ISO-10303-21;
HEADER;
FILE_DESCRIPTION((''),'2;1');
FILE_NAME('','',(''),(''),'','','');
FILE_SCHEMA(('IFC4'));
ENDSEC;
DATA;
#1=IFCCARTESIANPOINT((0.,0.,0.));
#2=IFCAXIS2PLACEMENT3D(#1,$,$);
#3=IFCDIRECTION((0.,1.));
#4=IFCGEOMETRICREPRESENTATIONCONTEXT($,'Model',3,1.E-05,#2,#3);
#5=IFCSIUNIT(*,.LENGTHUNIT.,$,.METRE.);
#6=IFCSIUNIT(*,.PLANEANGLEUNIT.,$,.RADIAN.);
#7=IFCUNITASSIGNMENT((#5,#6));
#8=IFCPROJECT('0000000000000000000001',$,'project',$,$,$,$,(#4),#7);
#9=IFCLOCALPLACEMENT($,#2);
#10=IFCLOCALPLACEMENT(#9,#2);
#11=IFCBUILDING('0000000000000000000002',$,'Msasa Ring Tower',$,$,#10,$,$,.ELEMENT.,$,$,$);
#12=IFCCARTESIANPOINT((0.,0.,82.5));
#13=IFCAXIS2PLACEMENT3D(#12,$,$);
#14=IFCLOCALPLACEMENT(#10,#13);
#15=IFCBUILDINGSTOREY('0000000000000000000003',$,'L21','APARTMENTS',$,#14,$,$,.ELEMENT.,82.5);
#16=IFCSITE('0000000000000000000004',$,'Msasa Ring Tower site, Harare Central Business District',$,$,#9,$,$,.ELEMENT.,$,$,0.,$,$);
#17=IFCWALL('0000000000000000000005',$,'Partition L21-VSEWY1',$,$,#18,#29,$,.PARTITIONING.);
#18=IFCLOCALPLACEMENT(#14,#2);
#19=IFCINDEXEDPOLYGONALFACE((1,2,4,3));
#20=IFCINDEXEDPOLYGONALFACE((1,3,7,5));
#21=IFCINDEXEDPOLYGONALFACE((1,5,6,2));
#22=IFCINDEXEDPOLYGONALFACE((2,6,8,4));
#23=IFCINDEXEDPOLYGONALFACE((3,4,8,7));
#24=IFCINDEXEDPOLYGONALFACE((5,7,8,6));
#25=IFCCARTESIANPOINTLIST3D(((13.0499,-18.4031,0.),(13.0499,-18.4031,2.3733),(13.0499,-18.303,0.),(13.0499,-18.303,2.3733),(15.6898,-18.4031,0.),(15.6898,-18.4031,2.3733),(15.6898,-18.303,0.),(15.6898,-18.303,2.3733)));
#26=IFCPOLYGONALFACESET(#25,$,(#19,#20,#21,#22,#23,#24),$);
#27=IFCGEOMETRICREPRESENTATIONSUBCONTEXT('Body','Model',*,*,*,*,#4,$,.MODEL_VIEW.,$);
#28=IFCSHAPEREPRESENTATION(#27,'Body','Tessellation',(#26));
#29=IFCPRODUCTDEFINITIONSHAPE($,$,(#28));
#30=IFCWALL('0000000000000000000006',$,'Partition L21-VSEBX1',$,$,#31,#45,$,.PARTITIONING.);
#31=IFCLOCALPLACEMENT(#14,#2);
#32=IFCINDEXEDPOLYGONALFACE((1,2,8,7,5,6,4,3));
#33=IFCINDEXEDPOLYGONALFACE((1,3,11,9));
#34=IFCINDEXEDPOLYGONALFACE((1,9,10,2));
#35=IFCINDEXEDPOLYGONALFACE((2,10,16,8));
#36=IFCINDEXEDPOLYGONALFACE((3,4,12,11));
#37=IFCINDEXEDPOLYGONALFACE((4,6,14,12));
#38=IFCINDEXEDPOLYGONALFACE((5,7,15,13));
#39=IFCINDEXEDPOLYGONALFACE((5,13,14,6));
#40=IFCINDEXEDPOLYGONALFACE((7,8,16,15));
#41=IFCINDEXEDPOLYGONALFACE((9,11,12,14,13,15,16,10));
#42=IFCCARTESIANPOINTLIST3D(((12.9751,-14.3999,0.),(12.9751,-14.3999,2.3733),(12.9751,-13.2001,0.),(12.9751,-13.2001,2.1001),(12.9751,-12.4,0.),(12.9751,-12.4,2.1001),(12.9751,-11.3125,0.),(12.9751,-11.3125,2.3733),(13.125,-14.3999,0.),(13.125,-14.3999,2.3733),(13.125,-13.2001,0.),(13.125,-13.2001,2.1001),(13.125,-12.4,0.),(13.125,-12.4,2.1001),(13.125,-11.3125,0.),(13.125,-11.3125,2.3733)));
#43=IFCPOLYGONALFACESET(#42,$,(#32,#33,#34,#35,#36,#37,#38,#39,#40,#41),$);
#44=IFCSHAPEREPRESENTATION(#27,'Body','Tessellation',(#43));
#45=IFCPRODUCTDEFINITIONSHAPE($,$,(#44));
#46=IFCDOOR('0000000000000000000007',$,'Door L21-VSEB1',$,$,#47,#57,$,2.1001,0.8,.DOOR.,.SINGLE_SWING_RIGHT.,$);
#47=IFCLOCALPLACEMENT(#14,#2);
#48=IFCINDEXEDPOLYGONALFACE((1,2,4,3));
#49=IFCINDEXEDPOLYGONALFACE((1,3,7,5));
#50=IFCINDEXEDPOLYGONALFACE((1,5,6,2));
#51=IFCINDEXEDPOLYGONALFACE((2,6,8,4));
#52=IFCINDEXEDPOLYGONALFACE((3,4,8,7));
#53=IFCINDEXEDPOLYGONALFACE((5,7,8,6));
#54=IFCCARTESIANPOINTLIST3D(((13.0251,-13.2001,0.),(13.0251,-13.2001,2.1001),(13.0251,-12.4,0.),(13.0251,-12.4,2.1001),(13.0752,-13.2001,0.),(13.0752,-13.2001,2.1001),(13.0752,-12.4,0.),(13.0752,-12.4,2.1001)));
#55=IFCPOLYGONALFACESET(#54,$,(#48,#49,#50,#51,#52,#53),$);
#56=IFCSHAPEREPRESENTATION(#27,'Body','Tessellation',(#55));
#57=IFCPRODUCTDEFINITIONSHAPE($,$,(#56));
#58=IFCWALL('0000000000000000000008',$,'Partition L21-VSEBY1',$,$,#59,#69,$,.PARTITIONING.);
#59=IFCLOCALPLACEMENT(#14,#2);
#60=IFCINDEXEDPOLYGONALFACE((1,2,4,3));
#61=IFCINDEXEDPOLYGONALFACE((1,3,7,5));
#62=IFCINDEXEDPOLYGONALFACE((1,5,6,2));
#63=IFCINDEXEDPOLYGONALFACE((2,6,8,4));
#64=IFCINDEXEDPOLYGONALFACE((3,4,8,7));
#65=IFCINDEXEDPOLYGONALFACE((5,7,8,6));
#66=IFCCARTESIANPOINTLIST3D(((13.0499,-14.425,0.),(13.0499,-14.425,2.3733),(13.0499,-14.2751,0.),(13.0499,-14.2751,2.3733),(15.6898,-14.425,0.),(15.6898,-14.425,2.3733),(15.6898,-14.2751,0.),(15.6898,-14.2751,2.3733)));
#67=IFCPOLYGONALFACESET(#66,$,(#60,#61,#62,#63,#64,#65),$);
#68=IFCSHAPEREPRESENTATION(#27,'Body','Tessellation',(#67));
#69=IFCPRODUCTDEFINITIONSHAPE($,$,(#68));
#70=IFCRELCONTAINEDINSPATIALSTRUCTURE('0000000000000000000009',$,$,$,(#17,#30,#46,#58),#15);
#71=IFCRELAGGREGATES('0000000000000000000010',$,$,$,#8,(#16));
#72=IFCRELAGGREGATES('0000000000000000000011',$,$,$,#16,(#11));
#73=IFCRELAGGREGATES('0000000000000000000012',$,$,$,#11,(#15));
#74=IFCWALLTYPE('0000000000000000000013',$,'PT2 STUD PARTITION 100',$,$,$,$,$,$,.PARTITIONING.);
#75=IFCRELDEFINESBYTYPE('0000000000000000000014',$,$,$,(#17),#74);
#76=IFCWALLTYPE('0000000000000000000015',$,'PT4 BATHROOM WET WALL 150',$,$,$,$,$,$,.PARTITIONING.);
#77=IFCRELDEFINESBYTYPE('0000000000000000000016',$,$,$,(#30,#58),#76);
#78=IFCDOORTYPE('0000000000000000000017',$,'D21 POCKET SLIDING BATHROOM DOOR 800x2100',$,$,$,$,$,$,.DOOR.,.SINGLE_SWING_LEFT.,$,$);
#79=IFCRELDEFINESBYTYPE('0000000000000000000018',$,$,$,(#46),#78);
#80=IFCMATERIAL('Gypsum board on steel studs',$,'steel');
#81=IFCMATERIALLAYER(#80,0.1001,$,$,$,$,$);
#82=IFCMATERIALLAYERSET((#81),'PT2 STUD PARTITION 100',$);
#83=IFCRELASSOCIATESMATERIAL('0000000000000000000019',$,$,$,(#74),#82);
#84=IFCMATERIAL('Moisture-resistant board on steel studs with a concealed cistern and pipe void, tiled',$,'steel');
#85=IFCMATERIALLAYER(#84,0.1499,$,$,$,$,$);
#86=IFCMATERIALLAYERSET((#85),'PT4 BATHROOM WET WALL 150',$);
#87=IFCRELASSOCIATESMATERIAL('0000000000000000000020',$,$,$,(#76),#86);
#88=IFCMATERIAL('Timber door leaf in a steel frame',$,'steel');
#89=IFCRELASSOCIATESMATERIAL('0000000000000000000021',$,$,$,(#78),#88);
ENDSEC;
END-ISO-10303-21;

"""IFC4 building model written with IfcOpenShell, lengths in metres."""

from ifc_helpers import new_model, si_unit, direction, frame, frame_2d, origin, place, context, subcontext, project, spatial, rectangle, extrude, material, layer, layer_set, type_object, element, fill, save


model = new_model("IFC4")

# Units and contexts
model_context = context("Model", 3, precision=1e-05, world=origin(), true_north=direction((0.0, 1.0)))
body_context = subcontext(model_context, "Body", "Model", "MODEL_VIEW")
ifc_project = project(units=[si_unit("LENGTHUNIT", "METRE"), si_unit("PLANEANGLEUNIT", "RADIAN")], contexts=[model_context])

# Site, building, storey
site_placement = place(None, origin())
site = spatial("IfcSite", under=ifc_project, at=site_placement, Name="Msasa Ring Tower site, Harare Central Business District", CompositionType="ELEMENT", RefElevation=0.0)
building_placement = place(site_placement, origin())
building = spatial("IfcBuilding", under=site, at=building_placement, Name="Msasa Ring Tower", CompositionType="ELEMENT")
storey_placement = place(building_placement, frame((0.0, 0.0, 82.5)))
storey = spatial("IfcBuildingStorey", under=building, at=storey_placement, Name="L21", Description="APARTMENTS", CompositionType="ELEMENT", Elevation=82.5)

# Shared definitions
ifc_material_1 = material(Name="Gypsum board on steel studs", Category="steel")
ifc_layer_1 = layer(ifc_material_1, 0.1001)
ifc_layer_set_1 = layer_set([ifc_layer_1], Name="PT2 STUD PARTITION 100")
wall_type_1 = type_object("IfcWallType", Name="PT2 STUD PARTITION 100", PredefinedType="PARTITIONING", material=ifc_layer_set_1)

# Wall
wall_1_placement = place(storey_placement, frame((13.05, -18.353, 0.0), z_axis=(0.0, 0.0, 1.0), x_axis=(1.0, 0.0, 0.0)))
element("IfcWall", 1, at=wall_1_placement, inside=storey, type_object=wall_type_1, Name="Partition L21-VSEWY1", PredefinedType="PARTITIONING", context=body_context, shape_type="SweptSolid", body=[
    extrude(rectangle(XDim=2.6399, YDim=0.1001, at=frame_2d((1.3198, 0.0))), origin(), (0.0, 0.0, 1.0), 2.3733),
])

# Wall, opening, door
ifc_material_2 = material(Name="Moisture-resistant board on steel studs with a concealed cistern and pipe void, tiled", Category="steel")
ifc_layer_2 = layer(ifc_material_2, 0.1499)
ifc_layer_set_2 = layer_set([ifc_layer_2], Name="PT4 BATHROOM WET WALL 150")
wall_type_2 = type_object("IfcWallType", Name="PT4 BATHROOM WET WALL 150", PredefinedType="PARTITIONING", material=ifc_layer_set_2)
wall_2_placement = place(storey_placement, frame((13.05, -14.3999, 0.0), z_axis=(0.0, 0.0, 1.0), x_axis=(0.0, 1.0, 0.0)))
wall_2 = element("IfcWall", 2, at=wall_2_placement, inside=storey, type_object=wall_type_2, Name="Partition L21-VSEBX1", PredefinedType="PARTITIONING", context=body_context, shape_type="SweptSolid", body=[
    extrude(rectangle(XDim=3.0874, YDim=0.1499, at=frame_2d((1.5437, 0.0))), origin(), (0.0, 0.0, 1.0), 2.3733),
])
opening_1_placement = place(wall_2_placement, frame((1.2, 0.0, 0.0)))
opening_1 = element("IfcOpeningElement", 3, at=opening_1_placement, cuts=wall_2, PredefinedType="OPENING", context=body_context, shape_type="SweptSolid", body=[
    extrude(rectangle(XDim=0.8, YDim=2.1001, at=frame_2d((0.3999, 1.05))), frame((0.0, 0.085, 0.0), z_axis=(0.0, -1.0, 0.0), x_axis=(1.0, 0.0, 0.0)), (0.0, 0.0, 1.0), 0.1699),
])
ifc_material_3 = material(Name="Timber door leaf in a steel frame", Category="steel")
door_type_1 = type_object("IfcDoorType", Name="D21 POCKET SLIDING BATHROOM DOOR 800x2100", OperationType="SINGLE_SWING_LEFT", PredefinedType="DOOR", material=ifc_material_3)
door_1_placement = place(opening_1_placement, origin())
door_1 = element("IfcDoor", 4, at=door_1_placement, inside=storey, type_object=door_type_1, Name="Door L21-VSEB1", OperationType="SINGLE_SWING_RIGHT", OverallHeight=2.1001, OverallWidth=0.8, PredefinedType="DOOR", context=body_context, shape_type="SweptSolid", body=[
    extrude(rectangle(XDim=0.8, YDim=2.1001, at=frame_2d((0.3999, 1.05))), frame((0.0, 0.0249, 0.0), z_axis=(0.0, -1.0, 0.0), x_axis=(1.0, 0.0, 0.0)), (0.0, 0.0, 1.0), 0.05),
])
fill(opening_1, door_1)

# Wall
wall_3_placement = place(storey_placement, frame((13.05, -14.3501, 0.0), z_axis=(0.0, 0.0, 1.0), x_axis=(1.0, 0.0, 0.0)))
element("IfcWall", 5, at=wall_3_placement, inside=storey, type_object=wall_type_2, Name="Partition L21-VSEBY1", PredefinedType="PARTITIONING", context=body_context, shape_type="SweptSolid", body=[
    extrude(rectangle(XDim=2.6399, YDim=0.1499, at=frame_2d((1.3198, 0.0))), origin(), (0.0, 0.0, 1.0), 2.3733),
])

save(model, "model.ifc")
